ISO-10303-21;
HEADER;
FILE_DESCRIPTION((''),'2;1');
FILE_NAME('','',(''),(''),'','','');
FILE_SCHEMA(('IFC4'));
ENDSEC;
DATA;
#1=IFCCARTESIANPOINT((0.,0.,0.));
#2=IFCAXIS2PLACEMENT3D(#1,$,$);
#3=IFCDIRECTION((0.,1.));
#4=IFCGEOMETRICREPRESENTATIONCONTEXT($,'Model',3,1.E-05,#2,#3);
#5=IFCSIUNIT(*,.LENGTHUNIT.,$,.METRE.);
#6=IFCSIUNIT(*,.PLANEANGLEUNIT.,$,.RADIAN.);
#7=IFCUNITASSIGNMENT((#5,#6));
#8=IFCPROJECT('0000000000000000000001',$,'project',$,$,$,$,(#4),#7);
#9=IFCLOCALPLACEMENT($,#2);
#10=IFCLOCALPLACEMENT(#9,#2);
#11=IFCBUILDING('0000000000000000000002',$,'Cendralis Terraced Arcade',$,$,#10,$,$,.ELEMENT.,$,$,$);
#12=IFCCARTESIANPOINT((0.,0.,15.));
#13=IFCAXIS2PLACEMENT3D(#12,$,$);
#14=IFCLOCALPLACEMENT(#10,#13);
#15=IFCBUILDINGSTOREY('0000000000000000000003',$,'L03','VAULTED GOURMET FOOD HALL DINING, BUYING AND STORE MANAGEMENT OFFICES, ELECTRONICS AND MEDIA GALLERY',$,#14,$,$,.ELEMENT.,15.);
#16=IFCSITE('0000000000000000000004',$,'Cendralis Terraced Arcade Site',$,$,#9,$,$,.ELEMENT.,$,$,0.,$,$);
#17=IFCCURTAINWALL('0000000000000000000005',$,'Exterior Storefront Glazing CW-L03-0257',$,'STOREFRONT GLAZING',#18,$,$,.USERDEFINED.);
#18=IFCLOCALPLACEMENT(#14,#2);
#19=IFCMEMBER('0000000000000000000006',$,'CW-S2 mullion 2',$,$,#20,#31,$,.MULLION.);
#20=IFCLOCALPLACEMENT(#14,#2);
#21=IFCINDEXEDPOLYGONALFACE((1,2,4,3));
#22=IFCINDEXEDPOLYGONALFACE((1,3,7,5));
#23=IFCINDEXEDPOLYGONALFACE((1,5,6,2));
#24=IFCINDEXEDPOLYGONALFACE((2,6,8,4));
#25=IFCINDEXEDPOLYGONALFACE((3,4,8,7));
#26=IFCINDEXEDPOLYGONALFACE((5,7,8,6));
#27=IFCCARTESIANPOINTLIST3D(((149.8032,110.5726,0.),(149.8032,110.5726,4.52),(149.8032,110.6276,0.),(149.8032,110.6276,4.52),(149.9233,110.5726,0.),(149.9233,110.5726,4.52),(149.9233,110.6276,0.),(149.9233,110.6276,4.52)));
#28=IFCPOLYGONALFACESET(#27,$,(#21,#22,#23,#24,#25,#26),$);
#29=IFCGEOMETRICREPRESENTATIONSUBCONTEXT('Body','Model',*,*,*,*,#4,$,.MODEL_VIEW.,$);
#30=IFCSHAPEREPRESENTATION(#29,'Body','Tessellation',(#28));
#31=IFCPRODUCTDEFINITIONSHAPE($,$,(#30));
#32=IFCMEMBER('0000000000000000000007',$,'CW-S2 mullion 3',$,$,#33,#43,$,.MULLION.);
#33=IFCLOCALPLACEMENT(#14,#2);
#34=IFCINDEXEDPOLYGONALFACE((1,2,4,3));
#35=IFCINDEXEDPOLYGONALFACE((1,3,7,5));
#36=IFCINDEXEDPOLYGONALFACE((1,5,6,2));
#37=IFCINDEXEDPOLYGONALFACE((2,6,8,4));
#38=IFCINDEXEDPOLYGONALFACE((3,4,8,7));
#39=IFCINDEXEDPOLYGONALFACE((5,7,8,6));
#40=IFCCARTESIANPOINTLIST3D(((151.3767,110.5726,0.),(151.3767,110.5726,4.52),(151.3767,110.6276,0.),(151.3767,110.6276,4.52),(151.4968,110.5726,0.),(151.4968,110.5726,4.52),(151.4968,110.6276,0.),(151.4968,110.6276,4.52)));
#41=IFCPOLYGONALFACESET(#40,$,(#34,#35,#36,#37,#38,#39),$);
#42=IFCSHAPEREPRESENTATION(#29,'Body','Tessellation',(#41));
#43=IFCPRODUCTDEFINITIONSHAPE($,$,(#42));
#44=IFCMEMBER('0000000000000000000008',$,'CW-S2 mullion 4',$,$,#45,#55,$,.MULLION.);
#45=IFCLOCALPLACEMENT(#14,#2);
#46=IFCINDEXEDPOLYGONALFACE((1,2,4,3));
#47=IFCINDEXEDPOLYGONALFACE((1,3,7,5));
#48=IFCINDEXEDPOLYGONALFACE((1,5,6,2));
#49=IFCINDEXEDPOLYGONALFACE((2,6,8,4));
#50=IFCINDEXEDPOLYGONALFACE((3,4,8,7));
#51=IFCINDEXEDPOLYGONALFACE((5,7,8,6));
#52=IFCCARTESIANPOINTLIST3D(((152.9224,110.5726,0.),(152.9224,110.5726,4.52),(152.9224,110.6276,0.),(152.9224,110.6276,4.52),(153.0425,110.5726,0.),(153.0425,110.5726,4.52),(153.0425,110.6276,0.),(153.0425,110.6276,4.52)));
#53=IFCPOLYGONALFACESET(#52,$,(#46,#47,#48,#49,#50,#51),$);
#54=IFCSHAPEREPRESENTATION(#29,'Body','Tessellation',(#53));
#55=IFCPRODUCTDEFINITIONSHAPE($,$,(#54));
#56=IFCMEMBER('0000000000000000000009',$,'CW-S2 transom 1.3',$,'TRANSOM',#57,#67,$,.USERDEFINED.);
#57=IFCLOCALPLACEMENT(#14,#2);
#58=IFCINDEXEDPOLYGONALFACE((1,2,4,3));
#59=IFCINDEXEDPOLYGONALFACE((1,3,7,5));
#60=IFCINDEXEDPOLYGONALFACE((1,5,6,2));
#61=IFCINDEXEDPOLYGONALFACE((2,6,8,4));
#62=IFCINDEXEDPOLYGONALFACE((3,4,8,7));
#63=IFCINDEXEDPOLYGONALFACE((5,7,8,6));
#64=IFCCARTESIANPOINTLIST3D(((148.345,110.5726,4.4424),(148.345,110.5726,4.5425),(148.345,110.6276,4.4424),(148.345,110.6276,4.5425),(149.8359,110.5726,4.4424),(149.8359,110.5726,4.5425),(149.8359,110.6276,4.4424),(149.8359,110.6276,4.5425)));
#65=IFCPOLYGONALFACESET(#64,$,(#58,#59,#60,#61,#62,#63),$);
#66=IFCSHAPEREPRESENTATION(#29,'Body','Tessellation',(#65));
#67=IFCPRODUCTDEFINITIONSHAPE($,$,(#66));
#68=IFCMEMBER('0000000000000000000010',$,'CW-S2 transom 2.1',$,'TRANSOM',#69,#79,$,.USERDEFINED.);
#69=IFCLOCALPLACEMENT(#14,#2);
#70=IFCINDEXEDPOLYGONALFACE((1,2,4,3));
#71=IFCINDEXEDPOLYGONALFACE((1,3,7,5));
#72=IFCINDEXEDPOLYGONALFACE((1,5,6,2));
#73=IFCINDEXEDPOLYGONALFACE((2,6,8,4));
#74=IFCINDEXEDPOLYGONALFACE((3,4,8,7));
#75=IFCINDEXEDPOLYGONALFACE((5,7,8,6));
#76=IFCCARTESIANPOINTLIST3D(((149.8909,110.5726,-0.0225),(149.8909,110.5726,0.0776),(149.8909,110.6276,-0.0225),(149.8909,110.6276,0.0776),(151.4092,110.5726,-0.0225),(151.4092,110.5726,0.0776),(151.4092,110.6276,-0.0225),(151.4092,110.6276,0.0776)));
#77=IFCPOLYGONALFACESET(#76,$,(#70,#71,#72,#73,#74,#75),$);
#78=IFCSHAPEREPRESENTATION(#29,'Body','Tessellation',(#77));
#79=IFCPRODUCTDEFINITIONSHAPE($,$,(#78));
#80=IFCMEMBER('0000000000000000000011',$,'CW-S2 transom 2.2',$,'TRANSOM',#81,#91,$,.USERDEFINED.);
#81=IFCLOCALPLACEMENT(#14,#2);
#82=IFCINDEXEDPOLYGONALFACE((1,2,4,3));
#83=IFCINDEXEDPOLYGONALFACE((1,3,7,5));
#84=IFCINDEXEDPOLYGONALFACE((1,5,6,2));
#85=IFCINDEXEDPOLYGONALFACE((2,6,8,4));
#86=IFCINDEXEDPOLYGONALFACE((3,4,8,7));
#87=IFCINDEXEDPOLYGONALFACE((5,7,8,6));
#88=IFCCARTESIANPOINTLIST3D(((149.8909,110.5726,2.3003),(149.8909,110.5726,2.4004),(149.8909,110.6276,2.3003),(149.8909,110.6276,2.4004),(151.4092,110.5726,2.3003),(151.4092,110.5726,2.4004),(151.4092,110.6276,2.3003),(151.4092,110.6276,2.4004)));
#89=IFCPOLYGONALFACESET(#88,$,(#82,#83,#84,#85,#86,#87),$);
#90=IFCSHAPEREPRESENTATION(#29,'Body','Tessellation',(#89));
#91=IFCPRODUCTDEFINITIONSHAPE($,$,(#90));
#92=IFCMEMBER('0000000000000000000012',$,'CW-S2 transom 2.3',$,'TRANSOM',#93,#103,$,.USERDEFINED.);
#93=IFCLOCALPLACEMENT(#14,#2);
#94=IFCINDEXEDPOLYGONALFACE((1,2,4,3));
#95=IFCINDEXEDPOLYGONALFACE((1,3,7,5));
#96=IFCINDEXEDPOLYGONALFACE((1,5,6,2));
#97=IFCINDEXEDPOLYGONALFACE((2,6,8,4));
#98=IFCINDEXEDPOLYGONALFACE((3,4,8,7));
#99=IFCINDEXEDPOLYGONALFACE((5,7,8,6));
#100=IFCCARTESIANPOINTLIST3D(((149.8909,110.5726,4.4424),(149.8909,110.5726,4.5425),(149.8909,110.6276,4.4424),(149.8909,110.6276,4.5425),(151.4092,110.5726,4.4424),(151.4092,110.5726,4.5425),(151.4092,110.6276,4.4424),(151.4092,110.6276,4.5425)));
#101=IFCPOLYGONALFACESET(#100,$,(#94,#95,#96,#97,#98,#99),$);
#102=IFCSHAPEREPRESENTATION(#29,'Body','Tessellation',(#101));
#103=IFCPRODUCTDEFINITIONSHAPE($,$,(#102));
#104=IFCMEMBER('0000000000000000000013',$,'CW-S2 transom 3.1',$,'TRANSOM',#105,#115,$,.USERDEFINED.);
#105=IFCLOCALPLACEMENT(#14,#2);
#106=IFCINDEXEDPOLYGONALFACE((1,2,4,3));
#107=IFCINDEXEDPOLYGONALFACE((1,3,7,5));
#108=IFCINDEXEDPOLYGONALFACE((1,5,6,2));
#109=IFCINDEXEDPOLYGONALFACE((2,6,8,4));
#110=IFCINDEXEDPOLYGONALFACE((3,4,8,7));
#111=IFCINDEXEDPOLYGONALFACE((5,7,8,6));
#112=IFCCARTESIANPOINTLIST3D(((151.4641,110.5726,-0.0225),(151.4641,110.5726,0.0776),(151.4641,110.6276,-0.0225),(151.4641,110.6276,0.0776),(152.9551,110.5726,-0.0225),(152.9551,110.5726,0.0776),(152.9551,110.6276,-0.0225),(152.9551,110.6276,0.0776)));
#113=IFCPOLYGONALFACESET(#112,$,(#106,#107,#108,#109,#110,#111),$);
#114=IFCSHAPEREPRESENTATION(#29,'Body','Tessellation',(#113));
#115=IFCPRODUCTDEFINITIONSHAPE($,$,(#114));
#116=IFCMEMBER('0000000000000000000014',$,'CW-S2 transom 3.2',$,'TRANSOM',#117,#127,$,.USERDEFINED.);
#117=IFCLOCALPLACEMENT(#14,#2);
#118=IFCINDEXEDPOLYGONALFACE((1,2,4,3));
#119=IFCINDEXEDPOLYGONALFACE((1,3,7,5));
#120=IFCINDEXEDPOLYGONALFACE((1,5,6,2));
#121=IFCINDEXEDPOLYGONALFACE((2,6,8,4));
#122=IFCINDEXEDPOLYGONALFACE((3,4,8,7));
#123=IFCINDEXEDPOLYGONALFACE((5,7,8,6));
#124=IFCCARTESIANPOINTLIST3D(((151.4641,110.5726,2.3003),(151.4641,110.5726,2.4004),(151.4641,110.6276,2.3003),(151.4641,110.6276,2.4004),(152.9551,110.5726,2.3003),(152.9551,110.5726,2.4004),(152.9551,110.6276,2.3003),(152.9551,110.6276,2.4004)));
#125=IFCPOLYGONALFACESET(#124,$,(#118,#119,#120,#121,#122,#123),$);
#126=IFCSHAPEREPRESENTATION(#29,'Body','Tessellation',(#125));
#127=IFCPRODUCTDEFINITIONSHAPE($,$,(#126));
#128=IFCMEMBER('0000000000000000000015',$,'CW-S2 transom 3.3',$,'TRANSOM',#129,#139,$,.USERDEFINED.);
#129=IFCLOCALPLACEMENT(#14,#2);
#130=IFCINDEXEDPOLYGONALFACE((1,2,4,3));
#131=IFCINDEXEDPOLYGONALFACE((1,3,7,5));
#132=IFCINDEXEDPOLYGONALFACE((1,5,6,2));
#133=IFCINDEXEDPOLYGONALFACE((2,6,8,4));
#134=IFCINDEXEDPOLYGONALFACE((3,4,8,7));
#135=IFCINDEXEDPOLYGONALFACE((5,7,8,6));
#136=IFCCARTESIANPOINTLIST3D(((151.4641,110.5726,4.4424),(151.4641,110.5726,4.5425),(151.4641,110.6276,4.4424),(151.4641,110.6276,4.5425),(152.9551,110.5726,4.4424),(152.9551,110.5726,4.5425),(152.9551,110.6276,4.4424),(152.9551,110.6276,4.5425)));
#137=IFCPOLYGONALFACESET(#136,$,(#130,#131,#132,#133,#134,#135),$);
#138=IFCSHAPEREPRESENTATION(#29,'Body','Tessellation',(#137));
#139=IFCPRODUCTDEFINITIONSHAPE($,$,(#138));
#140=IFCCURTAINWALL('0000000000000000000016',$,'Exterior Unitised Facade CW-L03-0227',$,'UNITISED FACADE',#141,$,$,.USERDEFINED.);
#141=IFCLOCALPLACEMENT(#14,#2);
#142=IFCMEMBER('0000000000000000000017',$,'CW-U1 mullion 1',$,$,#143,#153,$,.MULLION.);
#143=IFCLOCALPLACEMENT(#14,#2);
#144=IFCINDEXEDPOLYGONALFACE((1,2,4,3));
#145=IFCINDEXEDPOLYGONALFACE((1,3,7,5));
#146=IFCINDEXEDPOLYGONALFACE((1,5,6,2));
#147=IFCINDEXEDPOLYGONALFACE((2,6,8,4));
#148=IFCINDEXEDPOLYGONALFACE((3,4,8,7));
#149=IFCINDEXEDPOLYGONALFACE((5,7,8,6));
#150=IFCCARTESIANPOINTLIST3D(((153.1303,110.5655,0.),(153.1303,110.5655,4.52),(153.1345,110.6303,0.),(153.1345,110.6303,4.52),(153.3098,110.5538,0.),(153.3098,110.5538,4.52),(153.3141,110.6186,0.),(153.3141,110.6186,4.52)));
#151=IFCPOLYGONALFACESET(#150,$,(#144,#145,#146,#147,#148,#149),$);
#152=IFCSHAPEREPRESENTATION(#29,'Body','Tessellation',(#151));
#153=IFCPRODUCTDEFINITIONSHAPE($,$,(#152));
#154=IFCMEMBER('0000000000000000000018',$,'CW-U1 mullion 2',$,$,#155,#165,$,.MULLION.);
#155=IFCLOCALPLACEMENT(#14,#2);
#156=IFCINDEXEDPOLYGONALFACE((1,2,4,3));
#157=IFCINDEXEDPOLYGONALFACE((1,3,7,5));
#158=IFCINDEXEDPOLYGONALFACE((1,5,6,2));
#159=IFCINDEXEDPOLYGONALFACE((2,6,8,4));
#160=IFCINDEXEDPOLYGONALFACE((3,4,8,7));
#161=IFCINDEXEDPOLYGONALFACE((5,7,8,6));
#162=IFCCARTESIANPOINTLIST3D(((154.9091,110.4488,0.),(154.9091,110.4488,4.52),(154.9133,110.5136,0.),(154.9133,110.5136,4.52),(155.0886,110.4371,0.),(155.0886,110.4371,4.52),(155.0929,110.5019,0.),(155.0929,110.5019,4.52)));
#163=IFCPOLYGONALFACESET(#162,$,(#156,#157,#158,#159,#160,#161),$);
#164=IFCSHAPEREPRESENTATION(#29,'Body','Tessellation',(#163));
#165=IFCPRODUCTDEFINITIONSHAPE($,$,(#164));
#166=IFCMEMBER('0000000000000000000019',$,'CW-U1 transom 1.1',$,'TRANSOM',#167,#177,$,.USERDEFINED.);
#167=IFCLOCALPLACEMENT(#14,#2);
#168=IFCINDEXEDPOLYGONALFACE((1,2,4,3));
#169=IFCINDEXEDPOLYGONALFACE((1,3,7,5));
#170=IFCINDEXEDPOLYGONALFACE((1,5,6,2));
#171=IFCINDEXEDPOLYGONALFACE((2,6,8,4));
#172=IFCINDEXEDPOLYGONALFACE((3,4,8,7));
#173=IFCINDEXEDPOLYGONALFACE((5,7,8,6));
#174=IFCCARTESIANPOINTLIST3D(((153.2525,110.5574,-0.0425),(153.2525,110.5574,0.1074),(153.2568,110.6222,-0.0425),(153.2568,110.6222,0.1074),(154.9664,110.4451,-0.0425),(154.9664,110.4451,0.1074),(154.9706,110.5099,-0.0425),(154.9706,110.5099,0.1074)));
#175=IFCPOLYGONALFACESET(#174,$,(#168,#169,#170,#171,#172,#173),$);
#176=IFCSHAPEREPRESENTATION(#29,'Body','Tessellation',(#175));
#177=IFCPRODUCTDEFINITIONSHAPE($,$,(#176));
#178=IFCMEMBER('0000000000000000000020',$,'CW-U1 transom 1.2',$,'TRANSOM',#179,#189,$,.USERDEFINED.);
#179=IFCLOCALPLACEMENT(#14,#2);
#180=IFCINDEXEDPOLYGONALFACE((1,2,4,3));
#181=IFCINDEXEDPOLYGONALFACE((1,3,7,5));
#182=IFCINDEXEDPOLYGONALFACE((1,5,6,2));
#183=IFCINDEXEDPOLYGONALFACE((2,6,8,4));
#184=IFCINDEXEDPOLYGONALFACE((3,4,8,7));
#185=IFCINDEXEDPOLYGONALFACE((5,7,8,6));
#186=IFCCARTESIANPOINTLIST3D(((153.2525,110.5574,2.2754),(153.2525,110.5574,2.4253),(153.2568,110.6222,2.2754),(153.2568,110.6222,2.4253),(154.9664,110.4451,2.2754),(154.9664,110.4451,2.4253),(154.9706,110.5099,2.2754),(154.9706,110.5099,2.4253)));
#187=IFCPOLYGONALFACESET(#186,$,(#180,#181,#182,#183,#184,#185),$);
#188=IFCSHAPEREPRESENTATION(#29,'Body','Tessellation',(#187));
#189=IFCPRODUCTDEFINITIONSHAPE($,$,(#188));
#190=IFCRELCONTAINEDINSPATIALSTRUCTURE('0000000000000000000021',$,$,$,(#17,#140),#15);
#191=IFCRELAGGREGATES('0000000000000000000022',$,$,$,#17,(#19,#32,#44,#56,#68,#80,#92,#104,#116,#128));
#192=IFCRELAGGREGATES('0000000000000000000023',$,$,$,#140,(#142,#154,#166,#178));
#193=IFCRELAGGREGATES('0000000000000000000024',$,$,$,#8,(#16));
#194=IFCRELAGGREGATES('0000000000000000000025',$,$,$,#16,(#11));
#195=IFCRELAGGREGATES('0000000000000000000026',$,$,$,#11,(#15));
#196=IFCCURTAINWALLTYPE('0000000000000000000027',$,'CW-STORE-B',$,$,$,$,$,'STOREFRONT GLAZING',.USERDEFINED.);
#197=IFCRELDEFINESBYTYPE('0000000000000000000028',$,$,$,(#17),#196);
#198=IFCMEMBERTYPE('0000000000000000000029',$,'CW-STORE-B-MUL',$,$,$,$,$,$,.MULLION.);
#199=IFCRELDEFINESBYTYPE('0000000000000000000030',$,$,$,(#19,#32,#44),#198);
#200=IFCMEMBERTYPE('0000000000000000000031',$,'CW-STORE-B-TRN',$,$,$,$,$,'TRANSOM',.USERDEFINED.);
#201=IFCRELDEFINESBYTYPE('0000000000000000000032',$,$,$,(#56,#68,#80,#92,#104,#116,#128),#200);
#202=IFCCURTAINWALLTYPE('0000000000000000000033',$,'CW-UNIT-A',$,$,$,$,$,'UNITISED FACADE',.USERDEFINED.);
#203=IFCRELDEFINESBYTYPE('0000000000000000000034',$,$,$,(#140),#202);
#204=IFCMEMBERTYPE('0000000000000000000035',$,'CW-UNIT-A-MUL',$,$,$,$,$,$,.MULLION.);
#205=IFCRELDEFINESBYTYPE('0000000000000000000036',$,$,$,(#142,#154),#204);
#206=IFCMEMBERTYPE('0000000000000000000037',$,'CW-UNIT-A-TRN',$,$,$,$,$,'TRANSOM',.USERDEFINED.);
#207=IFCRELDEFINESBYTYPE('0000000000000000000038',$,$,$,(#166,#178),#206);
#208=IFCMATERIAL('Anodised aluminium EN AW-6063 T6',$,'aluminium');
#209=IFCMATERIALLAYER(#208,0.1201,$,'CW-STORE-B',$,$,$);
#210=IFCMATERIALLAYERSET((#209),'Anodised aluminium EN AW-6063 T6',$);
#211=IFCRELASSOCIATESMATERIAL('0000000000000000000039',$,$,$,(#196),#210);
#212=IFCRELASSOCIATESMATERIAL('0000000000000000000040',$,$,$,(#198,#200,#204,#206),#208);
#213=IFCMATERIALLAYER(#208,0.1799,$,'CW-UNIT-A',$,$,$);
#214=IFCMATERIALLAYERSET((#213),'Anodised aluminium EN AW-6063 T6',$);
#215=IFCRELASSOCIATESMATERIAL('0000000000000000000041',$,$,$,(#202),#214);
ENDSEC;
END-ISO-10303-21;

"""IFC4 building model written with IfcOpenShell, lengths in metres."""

from ifc_helpers import new_model, si_unit, direction, frame, origin, origin_2d, place, context, subcontext, project, spatial, rectangle, extrude, material, layer, layer_set, material_profile, profile_set, type_object, element, aggregate, save


model = new_model("IFC4")

# Units and contexts
model_context = context("Model", 3, precision=1e-05, world=origin(), true_north=direction((0.0, 1.0)))
body_context = subcontext(model_context, "Body", "Model", "MODEL_VIEW")
ifc_project = project(units=[si_unit("LENGTHUNIT", "METRE"), si_unit("PLANEANGLEUNIT", "RADIAN")], contexts=[model_context])

# Site, building, storey
site_placement = place(None, origin())
site = spatial("IfcSite", under=ifc_project, at=site_placement, Name="Cendralis Terraced Arcade Site", CompositionType="ELEMENT", RefElevation=0.0)
building_placement = place(site_placement, origin())
building = spatial("IfcBuilding", under=site, at=building_placement, Name="Cendralis Terraced Arcade", CompositionType="ELEMENT")
storey_placement = place(building_placement, frame((0.0, 0.0, 15.0)))
storey = spatial("IfcBuildingStorey", under=building, at=storey_placement, Name="L03", Description="VAULTED GOURMET FOOD HALL DINING, BUYING AND STORE MANAGEMENT OFFICES, ELECTRONICS AND MEDIA GALLERY", CompositionType="ELEMENT", Elevation=15.0)

# Curtain walls, members
ifc_material_1 = material(Name="Anodised aluminium EN AW-6063 T6", Category="aluminium")
ifc_layer_1 = layer(ifc_material_1, 0.1201, Name="CW-STORE-B")
ifc_layer_set_1 = layer_set([ifc_layer_1], Name="Anodised aluminium EN AW-6063 T6")
curtain_wall_type_1 = type_object("IfcCurtainWallType", Name="CW-STORE-B", ElementType="STOREFRONT GLAZING", PredefinedType="USERDEFINED", material=ifc_layer_set_1)
curtain_wall_1_placement = place(storey_placement, origin())
curtain_wall_1 = element("IfcCurtainWall", 1, at=curtain_wall_1_placement, inside=storey, type_object=curtain_wall_type_1, Name="Exterior Storefront Glazing CW-L03-0257", ObjectType="STOREFRONT GLAZING", PredefinedType="USERDEFINED")
ifc_material_profile_1 = material_profile(ifc_material_1, rectangle(XDim=0.0549, YDim=0.1201, at=origin_2d()), Name="ALU-MUL-55x120")
ifc_profile_set_1 = profile_set([ifc_material_profile_1], Name="Anodised aluminium EN AW-6063 T6")
member_type_1 = type_object("IfcMemberType", Name="CW-STORE-B-MUL", PredefinedType="MULLION", material=ifc_profile_set_1)
member_1_placement = place(storey_placement, frame((149.8633, 110.6001, 0.0), z_axis=(0.0, 0.0, 1.0), x_axis=(0.0, 1.0, 0.0)))
member_1 = element("IfcMember", 2, at=member_1_placement, type_object=member_type_1, Name="CW-S2 mullion 2", PredefinedType="MULLION", context=body_context, shape_type="SweptSolid", body=[
    extrude(rectangle(XDim=0.0549, YDim=0.1201, at=origin_2d()), origin(), (0.0, 0.0, 1.0), 4.52),
])
member_2_placement = place(storey_placement, frame((151.4368, 110.6001, 0.0), z_axis=(0.0, 0.0, 1.0), x_axis=(0.0, 1.0, 0.0)))
member_2 = element("IfcMember", 3, at=member_2_placement, type_object=member_type_1, Name="CW-S2 mullion 3", PredefinedType="MULLION", context=body_context, shape_type="SweptSolid", body=[
    extrude(rectangle(XDim=0.0549, YDim=0.1201, at=origin_2d()), origin(), (0.0, 0.0, 1.0), 4.52),
])
member_3_placement = place(storey_placement, frame((152.9824, 110.6001, 0.0), z_axis=(0.0, 0.0, 1.0), x_axis=(0.0, 1.0, 0.0)))
member_3 = element("IfcMember", 4, at=member_3_placement, type_object=member_type_1, Name="CW-S2 mullion 4", PredefinedType="MULLION", context=body_context, shape_type="SweptSolid", body=[
    extrude(rectangle(XDim=0.0549, YDim=0.1201, at=origin_2d()), origin(), (0.0, 0.0, 1.0), 4.52),
])
ifc_material_profile_2 = material_profile(ifc_material_1, rectangle(XDim=0.0549, YDim=0.1001, at=origin_2d()), Name="ALU-TRN-55x100")
ifc_profile_set_2 = profile_set([ifc_material_profile_2], Name="Anodised aluminium EN AW-6063 T6")
member_type_2 = type_object("IfcMemberType", Name="CW-STORE-B-TRN", ElementType="TRANSOM", PredefinedType="USERDEFINED", material=ifc_profile_set_2)
member_4_placement = place(storey_placement, frame((148.345, 110.6001, 4.4924), z_axis=(1.0, 0.0, 0.0), x_axis=(0.0, 1.0, 0.0)))
member_4 = element("IfcMember", 5, at=member_4_placement, type_object=member_type_2, Name="CW-S2 transom 1.3", ObjectType="TRANSOM", PredefinedType="USERDEFINED", context=body_context, shape_type="SweptSolid", body=[
    extrude(rectangle(XDim=0.0549, YDim=0.1001, at=origin_2d()), origin(), (0.0, 0.0, 1.0), 1.491),
])
member_5_placement = place(storey_placement, frame((149.8909, 110.6001, 0.0276), z_axis=(1.0, 0.0, 0.0), x_axis=(0.0, 1.0, 0.0)))
member_5 = element("IfcMember", 6, at=member_5_placement, type_object=member_type_2, Name="CW-S2 transom 2.1", ObjectType="TRANSOM", PredefinedType="USERDEFINED", context=body_context, shape_type="SweptSolid", body=[
    extrude(rectangle(XDim=0.0549, YDim=0.1001, at=origin_2d()), origin(), (0.0, 0.0, 1.0), 1.5183),
])
member_6_placement = place(storey_placement, frame((149.8909, 110.6001, 2.3503), z_axis=(1.0, 0.0, 0.0), x_axis=(0.0, 1.0, 0.0)))
member_6 = element("IfcMember", 7, at=member_6_placement, type_object=member_type_2, Name="CW-S2 transom 2.2", ObjectType="TRANSOM", PredefinedType="USERDEFINED", context=body_context, shape_type="SweptSolid", body=[
    extrude(rectangle(XDim=0.0549, YDim=0.1001, at=origin_2d()), origin(), (0.0, 0.0, 1.0), 1.5183),
])
member_7_placement = place(storey_placement, frame((149.8909, 110.6001, 4.4924), z_axis=(1.0, 0.0, 0.0), x_axis=(0.0, 1.0, 0.0)))
member_7 = element("IfcMember", 8, at=member_7_placement, type_object=member_type_2, Name="CW-S2 transom 2.3", ObjectType="TRANSOM", PredefinedType="USERDEFINED", context=body_context, shape_type="SweptSolid", body=[
    extrude(rectangle(XDim=0.0549, YDim=0.1001, at=origin_2d()), origin(), (0.0, 0.0, 1.0), 1.5183),
])
member_8_placement = place(storey_placement, frame((151.4641, 110.6001, 0.0276), z_axis=(1.0, 0.0, 0.0), x_axis=(0.0, 1.0, 0.0)))
member_8 = element("IfcMember", 9, at=member_8_placement, type_object=member_type_2, Name="CW-S2 transom 3.1", ObjectType="TRANSOM", PredefinedType="USERDEFINED", context=body_context, shape_type="SweptSolid", body=[
    extrude(rectangle(XDim=0.0549, YDim=0.1001, at=origin_2d()), origin(), (0.0, 0.0, 1.0), 1.491),
])
member_9_placement = place(storey_placement, frame((151.4641, 110.6001, 2.3503), z_axis=(1.0, 0.0, 0.0), x_axis=(0.0, 1.0, 0.0)))
member_9 = element("IfcMember", 10, at=member_9_placement, type_object=member_type_2, Name="CW-S2 transom 3.2", ObjectType="TRANSOM", PredefinedType="USERDEFINED", context=body_context, shape_type="SweptSolid", body=[
    extrude(rectangle(XDim=0.0549, YDim=0.1001, at=origin_2d()), origin(), (0.0, 0.0, 1.0), 1.491),
])
member_10_placement = place(storey_placement, frame((151.4641, 110.6001, 4.4924), z_axis=(1.0, 0.0, 0.0), x_axis=(0.0, 1.0, 0.0)))
member_10 = element("IfcMember", 11, at=member_10_placement, type_object=member_type_2, Name="CW-S2 transom 3.3", ObjectType="TRANSOM", PredefinedType="USERDEFINED", context=body_context, shape_type="SweptSolid", body=[
    extrude(rectangle(XDim=0.0549, YDim=0.1001, at=origin_2d()), origin(), (0.0, 0.0, 1.0), 1.491),
])
ifc_layer_2 = layer(ifc_material_1, 0.1799, Name="CW-UNIT-A")
ifc_layer_set_2 = layer_set([ifc_layer_2], Name="Anodised aluminium EN AW-6063 T6")
curtain_wall_type_2 = type_object("IfcCurtainWallType", Name="CW-UNIT-A", ElementType="UNITISED FACADE", PredefinedType="USERDEFINED", material=ifc_layer_set_2)
curtain_wall_2_placement = place(storey_placement, origin())
curtain_wall_2 = element("IfcCurtainWall", 12, at=curtain_wall_2_placement, inside=storey, type_object=curtain_wall_type_2, Name="Exterior Unitised Facade CW-L03-0227", ObjectType="UNITISED FACADE", PredefinedType="USERDEFINED")
ifc_material_profile_3 = material_profile(ifc_material_1, rectangle(XDim=0.0649, YDim=0.1799, at=origin_2d()), Name="ALU-MUL-65x180")
ifc_profile_set_3 = profile_set([ifc_material_profile_3], Name="Anodised aluminium EN AW-6063 T6")
member_type_3 = type_object("IfcMemberType", Name="CW-UNIT-A-MUL", PredefinedType="MULLION", material=ifc_profile_set_3)
member_11_placement = place(storey_placement, frame((153.2222, 110.592, 0.0), z_axis=(0.0, 0.0, 1.0), x_axis=(0.065384, 0.99786, 0.0)))
member_11 = element("IfcMember", 13, at=member_11_placement, type_object=member_type_3, Name="CW-U1 mullion 1", PredefinedType="MULLION", context=body_context, shape_type="SweptSolid", body=[
    extrude(rectangle(XDim=0.0649, YDim=0.1799, at=origin_2d()), origin(), (0.0, 0.0, 1.0), 4.52),
])
member_12_placement = place(storey_placement, frame((155.001, 110.4753, 0.0), z_axis=(0.0, 0.0, 1.0), x_axis=(0.065384, 0.99786, 0.0)))
member_12 = element("IfcMember", 14, at=member_12_placement, type_object=member_type_3, Name="CW-U1 mullion 2", PredefinedType="MULLION", context=body_context, shape_type="SweptSolid", body=[
    extrude(rectangle(XDim=0.0649, YDim=0.1799, at=origin_2d()), origin(), (0.0, 0.0, 1.0), 4.52),
])
ifc_material_profile_4 = material_profile(ifc_material_1, rectangle(XDim=0.0649, YDim=0.1499, at=origin_2d()), Name="ALU-TRN-65x150")
ifc_profile_set_4 = profile_set([ifc_material_profile_4], Name="Anodised aluminium EN AW-6063 T6")
member_type_4 = type_object("IfcMemberType", Name="CW-UNIT-A-TRN", ElementType="TRANSOM", PredefinedType="USERDEFINED", material=ifc_profile_set_4)
member_13_placement = place(storey_placement, frame((153.2546, 110.5898, 0.0325), z_axis=(0.99786, -0.065387, 0.0), x_axis=(0.065387, 0.99786, 0.0)))
member_13 = element("IfcMember", 15, at=member_13_placement, type_object=member_type_4, Name="CW-U1 transom 1.1", ObjectType="TRANSOM", PredefinedType="USERDEFINED", context=body_context, shape_type="SweptSolid", body=[
    extrude(rectangle(XDim=0.0649, YDim=0.1499, at=origin_2d()), origin(), (0.0, 0.0, 1.0), 1.7175),
])
member_14_placement = place(storey_placement, frame((153.2546, 110.5898, 2.3503), z_axis=(0.99786, -0.065387, 0.0), x_axis=(0.065387, 0.99786, 0.0)))
member_14 = element("IfcMember", 16, at=member_14_placement, type_object=member_type_4, Name="CW-U1 transom 1.2", ObjectType="TRANSOM", PredefinedType="USERDEFINED", context=body_context, shape_type="SweptSolid", body=[
    extrude(rectangle(XDim=0.0649, YDim=0.1499, at=origin_2d()), origin(), (0.0, 0.0, 1.0), 1.7175),
])

aggregate(curtain_wall_1, [member_1, member_2, member_3, member_4, member_5, member_6, member_7, member_8, member_9, member_10])
aggregate(curtain_wall_2, [member_11, member_12, member_13, member_14])

save(model, "model.ifc")
